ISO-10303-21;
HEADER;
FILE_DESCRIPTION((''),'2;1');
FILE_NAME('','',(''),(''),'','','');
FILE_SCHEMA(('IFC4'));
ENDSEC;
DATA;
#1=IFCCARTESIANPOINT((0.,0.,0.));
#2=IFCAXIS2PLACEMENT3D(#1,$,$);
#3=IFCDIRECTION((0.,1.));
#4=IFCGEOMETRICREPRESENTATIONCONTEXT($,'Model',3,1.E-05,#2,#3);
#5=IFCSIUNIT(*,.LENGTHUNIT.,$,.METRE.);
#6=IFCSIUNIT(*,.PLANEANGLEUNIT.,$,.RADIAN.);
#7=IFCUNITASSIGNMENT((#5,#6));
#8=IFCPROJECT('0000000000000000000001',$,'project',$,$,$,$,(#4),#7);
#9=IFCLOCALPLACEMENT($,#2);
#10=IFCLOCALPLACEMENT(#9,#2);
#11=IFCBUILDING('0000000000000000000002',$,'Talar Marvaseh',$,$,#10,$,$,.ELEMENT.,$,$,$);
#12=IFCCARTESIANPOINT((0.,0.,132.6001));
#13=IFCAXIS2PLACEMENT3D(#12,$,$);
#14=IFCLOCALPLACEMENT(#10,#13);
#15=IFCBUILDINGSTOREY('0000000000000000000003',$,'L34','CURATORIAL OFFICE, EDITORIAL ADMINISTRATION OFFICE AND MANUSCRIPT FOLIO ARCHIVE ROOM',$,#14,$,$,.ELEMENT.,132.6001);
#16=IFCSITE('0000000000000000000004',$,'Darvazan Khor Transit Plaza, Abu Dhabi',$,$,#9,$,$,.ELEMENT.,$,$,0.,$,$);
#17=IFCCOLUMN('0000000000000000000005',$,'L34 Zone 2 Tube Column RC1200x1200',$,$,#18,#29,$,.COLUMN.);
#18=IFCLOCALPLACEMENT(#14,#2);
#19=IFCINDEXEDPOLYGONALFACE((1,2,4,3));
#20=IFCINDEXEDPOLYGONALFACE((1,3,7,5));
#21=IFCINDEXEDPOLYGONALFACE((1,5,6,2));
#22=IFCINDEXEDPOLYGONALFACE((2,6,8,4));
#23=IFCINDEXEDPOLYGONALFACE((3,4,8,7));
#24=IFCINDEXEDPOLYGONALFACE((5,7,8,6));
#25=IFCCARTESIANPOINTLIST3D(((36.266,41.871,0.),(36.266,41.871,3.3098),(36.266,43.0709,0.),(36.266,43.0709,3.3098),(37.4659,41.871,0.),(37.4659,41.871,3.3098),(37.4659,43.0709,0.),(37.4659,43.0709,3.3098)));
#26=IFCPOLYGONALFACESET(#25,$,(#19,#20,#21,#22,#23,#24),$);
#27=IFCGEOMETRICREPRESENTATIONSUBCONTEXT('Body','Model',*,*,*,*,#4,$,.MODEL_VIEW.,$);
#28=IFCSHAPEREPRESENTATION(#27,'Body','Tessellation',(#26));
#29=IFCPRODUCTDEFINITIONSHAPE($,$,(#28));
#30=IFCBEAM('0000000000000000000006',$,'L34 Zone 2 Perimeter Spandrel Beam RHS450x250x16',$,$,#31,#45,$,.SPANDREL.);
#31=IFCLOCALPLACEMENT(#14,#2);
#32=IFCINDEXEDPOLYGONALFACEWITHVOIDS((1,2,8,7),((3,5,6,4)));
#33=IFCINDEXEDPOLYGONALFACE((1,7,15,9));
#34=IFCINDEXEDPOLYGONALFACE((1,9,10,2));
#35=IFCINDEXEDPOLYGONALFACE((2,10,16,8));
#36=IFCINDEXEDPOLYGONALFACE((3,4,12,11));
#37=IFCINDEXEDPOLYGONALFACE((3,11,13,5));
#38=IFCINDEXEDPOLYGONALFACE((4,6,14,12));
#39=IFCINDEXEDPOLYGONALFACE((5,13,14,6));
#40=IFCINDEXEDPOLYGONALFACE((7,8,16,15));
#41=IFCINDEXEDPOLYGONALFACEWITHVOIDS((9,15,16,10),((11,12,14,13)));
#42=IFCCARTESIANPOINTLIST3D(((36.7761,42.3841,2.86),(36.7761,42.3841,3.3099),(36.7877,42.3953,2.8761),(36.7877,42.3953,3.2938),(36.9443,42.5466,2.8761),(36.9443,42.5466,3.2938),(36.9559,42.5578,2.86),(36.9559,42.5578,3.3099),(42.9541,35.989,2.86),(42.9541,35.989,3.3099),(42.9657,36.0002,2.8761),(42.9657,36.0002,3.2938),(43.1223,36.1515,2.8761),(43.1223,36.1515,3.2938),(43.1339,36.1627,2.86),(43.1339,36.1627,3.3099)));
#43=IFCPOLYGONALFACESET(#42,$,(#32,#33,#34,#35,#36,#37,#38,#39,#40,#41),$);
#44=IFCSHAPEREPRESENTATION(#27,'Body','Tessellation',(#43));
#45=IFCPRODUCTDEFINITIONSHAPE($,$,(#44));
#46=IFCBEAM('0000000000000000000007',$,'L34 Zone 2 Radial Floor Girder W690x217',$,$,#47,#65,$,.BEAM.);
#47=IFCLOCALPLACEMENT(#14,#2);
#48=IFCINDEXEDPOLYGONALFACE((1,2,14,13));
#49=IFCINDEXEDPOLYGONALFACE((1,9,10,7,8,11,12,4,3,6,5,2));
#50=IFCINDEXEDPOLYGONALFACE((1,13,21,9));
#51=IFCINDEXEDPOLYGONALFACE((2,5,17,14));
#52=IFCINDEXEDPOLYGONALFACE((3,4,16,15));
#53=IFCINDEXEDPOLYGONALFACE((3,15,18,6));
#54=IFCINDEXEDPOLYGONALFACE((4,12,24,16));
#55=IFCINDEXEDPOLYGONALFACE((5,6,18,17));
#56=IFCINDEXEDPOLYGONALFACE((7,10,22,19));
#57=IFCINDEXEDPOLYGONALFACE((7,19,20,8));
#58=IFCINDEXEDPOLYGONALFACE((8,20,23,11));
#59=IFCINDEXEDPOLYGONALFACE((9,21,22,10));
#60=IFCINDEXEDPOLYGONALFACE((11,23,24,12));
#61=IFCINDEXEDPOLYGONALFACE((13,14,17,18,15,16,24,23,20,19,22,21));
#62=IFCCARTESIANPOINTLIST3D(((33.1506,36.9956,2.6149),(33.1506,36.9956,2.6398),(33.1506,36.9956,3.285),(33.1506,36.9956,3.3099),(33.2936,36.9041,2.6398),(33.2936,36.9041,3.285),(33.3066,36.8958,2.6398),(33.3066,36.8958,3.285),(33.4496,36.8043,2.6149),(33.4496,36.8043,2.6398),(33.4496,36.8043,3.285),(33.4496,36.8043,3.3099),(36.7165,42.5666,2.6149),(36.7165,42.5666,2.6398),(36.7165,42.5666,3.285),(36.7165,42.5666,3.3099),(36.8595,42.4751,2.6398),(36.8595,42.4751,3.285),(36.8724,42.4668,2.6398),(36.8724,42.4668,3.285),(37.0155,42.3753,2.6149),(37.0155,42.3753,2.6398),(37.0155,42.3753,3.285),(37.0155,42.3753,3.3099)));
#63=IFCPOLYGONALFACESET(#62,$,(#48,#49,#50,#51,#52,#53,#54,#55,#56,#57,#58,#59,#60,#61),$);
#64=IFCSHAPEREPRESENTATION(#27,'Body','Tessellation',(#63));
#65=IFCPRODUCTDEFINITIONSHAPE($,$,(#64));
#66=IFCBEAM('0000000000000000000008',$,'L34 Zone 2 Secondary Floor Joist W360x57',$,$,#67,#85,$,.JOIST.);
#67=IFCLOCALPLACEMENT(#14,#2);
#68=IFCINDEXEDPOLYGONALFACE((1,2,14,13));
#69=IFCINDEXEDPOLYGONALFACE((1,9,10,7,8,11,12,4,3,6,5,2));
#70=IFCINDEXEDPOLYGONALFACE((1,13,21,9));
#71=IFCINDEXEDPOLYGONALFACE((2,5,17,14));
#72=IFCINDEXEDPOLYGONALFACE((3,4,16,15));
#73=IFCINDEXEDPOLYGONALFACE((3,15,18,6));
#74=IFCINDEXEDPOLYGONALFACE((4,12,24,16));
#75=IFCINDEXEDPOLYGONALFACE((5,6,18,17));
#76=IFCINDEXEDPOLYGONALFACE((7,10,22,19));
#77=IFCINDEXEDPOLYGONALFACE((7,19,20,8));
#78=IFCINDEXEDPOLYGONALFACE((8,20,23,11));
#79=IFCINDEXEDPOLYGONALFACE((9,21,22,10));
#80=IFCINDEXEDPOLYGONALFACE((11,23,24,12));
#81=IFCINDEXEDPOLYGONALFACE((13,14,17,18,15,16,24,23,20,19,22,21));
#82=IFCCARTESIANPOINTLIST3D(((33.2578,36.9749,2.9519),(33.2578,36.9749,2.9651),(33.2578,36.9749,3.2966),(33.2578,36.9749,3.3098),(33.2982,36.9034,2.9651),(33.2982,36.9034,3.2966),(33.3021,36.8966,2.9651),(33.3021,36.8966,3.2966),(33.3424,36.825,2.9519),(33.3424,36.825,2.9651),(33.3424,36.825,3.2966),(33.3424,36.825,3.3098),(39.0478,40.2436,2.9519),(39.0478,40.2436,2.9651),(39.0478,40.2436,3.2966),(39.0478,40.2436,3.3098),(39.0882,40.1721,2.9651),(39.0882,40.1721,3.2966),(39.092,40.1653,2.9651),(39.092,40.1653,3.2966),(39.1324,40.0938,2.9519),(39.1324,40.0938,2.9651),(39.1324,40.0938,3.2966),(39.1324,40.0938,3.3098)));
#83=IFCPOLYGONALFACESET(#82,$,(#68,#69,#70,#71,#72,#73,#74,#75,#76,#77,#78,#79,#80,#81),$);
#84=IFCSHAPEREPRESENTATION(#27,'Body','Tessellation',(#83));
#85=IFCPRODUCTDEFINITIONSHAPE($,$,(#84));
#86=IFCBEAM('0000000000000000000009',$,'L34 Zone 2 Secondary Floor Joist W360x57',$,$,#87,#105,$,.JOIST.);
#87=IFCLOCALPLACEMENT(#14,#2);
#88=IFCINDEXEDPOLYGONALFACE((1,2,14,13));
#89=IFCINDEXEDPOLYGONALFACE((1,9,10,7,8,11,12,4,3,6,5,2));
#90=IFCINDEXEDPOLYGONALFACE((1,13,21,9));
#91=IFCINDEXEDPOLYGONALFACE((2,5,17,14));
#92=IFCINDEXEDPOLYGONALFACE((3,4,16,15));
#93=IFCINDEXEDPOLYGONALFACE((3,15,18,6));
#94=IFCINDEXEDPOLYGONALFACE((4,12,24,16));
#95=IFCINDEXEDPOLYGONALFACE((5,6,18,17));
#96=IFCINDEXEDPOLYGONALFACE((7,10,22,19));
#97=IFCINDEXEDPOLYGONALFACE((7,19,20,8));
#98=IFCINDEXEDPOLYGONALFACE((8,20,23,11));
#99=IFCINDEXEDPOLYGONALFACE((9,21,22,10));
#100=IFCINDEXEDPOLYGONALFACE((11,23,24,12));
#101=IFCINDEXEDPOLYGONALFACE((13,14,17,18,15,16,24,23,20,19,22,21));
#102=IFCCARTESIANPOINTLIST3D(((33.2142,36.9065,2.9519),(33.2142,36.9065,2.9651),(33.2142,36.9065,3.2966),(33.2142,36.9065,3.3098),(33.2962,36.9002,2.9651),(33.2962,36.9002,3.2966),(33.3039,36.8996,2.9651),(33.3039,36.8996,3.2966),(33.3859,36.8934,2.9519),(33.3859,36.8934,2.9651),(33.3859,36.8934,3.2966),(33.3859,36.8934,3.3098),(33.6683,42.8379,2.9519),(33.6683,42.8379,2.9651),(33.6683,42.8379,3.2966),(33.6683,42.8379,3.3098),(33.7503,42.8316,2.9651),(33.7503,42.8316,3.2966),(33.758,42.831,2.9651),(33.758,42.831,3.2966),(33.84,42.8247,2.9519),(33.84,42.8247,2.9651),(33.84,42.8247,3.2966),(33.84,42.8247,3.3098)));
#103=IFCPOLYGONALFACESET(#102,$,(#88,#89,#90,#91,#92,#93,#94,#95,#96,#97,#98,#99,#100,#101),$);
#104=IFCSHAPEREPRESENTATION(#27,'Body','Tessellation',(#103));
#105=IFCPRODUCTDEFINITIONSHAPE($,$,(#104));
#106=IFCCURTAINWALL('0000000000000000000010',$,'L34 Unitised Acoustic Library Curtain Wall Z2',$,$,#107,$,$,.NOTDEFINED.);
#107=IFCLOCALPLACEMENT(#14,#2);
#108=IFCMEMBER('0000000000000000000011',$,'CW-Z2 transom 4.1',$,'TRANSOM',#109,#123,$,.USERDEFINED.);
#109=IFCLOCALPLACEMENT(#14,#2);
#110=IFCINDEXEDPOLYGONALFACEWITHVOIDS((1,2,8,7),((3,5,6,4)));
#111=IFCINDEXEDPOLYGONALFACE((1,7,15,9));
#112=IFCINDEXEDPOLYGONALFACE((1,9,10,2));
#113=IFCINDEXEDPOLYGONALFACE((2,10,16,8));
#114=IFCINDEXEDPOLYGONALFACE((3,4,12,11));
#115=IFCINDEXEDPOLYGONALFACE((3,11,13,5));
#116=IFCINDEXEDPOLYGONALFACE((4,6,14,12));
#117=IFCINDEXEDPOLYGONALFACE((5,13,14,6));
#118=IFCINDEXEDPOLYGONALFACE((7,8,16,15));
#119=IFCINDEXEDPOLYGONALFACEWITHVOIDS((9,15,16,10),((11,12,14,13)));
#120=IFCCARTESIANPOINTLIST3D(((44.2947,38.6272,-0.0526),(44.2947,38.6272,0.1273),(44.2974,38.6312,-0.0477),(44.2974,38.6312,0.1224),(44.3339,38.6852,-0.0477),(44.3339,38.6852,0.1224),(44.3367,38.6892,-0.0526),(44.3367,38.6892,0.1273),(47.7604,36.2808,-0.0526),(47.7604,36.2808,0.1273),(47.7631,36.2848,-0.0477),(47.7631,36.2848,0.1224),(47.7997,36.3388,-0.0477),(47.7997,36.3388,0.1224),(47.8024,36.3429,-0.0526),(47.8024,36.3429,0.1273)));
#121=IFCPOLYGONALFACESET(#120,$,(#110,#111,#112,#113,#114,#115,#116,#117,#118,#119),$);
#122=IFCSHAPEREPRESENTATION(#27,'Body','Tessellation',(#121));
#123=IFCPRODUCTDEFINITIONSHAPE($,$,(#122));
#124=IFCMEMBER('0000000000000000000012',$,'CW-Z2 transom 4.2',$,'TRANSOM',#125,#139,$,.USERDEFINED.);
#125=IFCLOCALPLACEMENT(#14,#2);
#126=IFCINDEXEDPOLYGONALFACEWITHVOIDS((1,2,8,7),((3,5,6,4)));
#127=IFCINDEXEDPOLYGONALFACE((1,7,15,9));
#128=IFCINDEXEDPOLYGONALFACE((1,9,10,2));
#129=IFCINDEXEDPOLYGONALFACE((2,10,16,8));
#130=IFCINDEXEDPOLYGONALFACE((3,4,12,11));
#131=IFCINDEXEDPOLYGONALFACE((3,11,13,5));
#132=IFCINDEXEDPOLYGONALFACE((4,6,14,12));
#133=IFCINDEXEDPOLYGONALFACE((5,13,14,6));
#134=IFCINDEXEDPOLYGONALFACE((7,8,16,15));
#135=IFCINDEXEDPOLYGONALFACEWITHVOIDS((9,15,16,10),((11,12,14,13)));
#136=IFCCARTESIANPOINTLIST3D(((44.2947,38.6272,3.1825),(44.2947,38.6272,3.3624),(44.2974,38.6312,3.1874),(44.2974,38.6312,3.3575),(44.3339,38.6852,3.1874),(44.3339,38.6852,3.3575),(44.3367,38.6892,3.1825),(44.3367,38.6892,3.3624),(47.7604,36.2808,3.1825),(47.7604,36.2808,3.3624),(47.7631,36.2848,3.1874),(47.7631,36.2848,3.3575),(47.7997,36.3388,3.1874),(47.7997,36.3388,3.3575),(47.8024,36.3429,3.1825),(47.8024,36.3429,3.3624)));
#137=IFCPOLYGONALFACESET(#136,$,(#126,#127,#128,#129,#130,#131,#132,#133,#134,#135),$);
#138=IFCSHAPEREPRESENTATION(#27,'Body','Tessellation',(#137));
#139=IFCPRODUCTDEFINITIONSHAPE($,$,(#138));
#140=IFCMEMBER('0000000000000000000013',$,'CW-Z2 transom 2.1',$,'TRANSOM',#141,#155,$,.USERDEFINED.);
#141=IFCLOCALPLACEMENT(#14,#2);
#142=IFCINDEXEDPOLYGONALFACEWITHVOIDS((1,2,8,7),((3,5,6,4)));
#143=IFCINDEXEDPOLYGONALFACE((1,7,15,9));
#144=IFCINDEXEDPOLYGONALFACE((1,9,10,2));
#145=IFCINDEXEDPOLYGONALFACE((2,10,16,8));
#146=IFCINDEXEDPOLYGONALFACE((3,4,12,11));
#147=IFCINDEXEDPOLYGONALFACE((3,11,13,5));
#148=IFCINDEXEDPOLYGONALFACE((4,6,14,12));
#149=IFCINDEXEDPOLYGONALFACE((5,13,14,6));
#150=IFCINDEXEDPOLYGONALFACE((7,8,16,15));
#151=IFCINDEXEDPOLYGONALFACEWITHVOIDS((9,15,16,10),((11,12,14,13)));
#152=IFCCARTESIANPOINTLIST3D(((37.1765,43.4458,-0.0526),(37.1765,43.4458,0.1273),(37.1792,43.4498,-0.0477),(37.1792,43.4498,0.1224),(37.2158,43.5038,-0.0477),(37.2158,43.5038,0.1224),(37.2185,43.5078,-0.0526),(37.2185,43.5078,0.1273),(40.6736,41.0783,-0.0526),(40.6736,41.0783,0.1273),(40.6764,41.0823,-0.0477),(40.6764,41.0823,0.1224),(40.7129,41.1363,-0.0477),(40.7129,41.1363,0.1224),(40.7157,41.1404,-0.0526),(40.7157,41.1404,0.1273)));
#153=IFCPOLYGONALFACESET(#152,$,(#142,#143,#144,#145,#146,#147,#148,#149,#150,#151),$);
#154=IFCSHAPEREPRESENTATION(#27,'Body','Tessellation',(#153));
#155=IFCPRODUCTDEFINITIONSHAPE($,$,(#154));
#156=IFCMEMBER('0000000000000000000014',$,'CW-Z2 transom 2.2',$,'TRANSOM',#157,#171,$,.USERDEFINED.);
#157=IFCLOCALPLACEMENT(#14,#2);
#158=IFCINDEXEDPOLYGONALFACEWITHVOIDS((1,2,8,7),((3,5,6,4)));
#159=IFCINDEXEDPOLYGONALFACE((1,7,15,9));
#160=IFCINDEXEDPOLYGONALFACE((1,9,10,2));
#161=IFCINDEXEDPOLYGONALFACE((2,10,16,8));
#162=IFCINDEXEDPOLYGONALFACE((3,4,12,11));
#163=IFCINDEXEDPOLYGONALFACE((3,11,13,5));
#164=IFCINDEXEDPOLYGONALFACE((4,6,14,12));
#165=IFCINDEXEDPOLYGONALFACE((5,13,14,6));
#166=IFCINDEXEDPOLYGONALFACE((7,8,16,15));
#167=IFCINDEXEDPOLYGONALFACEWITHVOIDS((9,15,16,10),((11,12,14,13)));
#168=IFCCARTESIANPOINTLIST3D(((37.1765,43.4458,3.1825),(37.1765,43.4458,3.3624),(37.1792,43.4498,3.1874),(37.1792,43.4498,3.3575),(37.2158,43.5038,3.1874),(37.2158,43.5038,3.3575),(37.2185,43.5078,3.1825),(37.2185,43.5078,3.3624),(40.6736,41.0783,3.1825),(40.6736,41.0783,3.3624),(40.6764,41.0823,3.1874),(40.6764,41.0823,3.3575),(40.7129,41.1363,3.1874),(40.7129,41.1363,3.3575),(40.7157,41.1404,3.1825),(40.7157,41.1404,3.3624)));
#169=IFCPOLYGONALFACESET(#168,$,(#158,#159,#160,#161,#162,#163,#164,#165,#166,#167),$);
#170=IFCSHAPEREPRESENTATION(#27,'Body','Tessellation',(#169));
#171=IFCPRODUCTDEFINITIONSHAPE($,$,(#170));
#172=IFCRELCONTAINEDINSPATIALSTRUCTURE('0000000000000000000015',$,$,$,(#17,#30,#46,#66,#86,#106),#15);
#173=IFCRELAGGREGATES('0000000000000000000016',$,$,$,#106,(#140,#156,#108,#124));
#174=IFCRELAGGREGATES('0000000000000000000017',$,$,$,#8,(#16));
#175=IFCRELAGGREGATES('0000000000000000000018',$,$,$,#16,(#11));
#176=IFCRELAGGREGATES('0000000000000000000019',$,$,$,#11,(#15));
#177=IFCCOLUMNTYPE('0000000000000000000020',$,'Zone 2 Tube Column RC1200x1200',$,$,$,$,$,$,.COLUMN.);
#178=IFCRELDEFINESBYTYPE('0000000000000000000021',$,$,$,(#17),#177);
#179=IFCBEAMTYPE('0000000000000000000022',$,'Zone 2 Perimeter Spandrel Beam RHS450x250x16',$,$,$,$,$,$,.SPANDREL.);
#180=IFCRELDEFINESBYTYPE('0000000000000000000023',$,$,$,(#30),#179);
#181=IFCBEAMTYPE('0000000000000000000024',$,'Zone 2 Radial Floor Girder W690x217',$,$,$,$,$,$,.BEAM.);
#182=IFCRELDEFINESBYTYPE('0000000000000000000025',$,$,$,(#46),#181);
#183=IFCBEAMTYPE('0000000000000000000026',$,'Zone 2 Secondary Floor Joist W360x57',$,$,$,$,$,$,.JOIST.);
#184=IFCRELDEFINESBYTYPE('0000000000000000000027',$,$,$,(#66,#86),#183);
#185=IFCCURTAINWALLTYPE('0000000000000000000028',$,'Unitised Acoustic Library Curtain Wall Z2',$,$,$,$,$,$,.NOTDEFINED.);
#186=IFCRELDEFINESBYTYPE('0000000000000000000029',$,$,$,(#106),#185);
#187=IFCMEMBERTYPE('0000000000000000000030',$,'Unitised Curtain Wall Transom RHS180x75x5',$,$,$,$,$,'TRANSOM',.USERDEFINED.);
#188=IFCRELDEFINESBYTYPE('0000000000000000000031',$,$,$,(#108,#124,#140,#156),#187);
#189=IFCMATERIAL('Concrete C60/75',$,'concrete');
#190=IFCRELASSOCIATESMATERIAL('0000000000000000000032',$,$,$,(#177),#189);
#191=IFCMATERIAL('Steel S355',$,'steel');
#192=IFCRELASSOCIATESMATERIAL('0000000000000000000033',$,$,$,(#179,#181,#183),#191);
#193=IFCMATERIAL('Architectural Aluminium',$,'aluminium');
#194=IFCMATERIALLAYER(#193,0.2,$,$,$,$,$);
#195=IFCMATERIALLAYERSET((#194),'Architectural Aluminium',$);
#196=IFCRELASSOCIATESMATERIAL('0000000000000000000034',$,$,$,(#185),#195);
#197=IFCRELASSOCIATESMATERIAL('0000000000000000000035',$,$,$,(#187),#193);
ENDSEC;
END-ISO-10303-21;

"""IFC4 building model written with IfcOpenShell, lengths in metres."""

from ifc_helpers import new_model, si_unit, direction, frame, origin, origin_2d, place, context, subcontext, project, spatial, rectangle, hollow_rectangle, i_section, extrude, source, transform, mapped, material, layer, layer_set, material_profile, profile_set, type_object, element, aggregate, save


model = new_model("IFC4")

# Units and contexts
model_context = context("Model", 3, precision=1e-05, world=origin(), true_north=direction((0.0, 1.0)))
body_context = subcontext(model_context, "Body", "Model", "MODEL_VIEW")
ifc_project = project(units=[si_unit("LENGTHUNIT", "METRE"), si_unit("PLANEANGLEUNIT", "RADIAN")], contexts=[model_context])

# Site, building, storey
site_placement = place(None, origin())
site = spatial("IfcSite", under=ifc_project, at=site_placement, Name="Darvazan Khor Transit Plaza, Abu Dhabi", CompositionType="ELEMENT", RefElevation=0.0)
building_placement = place(site_placement, origin())
building = spatial("IfcBuilding", under=site, at=building_placement, Name="Talar Marvaseh", CompositionType="ELEMENT")
storey_placement = place(building_placement, frame((0.0, 0.0, 132.6001)))
storey = spatial("IfcBuildingStorey", under=building, at=storey_placement, Name="L34", Description="CURATORIAL OFFICE, EDITORIAL ADMINISTRATION OFFICE AND MANUSCRIPT FOLIO ARCHIVE ROOM", CompositionType="ELEMENT", Elevation=132.6001)

# Column
ifc_material_1 = material(Name="Concrete C60/75", Category="concrete")
ifc_material_profile_1 = material_profile(ifc_material_1, rectangle(XDim=1.2, YDim=1.2, at=origin_2d()), Name="RC1200x1200")
ifc_profile_set_1 = profile_set([ifc_material_profile_1], Name="Concrete C60/75")
column_type = type_object("IfcColumnType", Name="Zone 2 Tube Column RC1200x1200", PredefinedType="COLUMN", material=ifc_profile_set_1)
column_placement = place(storey_placement, frame((36.866, 42.4709, 0.0), z_axis=(0.0, 0.0, 1.0), x_axis=(1.0, 0.0, 0.0)))
element("IfcColumn", 1, at=column_placement, inside=storey, type_object=column_type, Name="L34 Zone 2 Tube Column RC1200x1200", PredefinedType="COLUMN", context=body_context, shape_type="SweptSolid", body=[
    extrude(rectangle(XDim=1.2, YDim=1.2, at=origin_2d()), origin(), (0.0, 0.0, 1.0), 3.3098),
])

# Beams
ifc_material_2 = material(Name="Steel S355", Category="steel")
ifc_material_profile_2 = material_profile(ifc_material_2, hollow_rectangle(XDim=0.25, YDim=0.45, WallThickness=0.0161, at=origin_2d()), Name="RHS450x250x16")
ifc_profile_set_2 = profile_set([ifc_material_profile_2], Name="Steel S355")
beam_type_1 = type_object("IfcBeamType", Name="Zone 2 Perimeter Spandrel Beam RHS450x250x16", PredefinedType="SPANDREL", material=ifc_profile_set_2)
beam_1_placement = place(storey_placement, frame((36.866, 42.4709, 3.085), z_axis=(0.694797, -0.719206, 0.0), x_axis=(0.719206, 0.694797, 0.0)))
element("IfcBeam", 2, at=beam_1_placement, inside=storey, type_object=beam_type_1, Name="L34 Zone 2 Perimeter Spandrel Beam RHS450x250x16", PredefinedType="SPANDREL", context=body_context, shape_type="SweptSolid", body=[
    extrude(hollow_rectangle(XDim=0.25, YDim=0.45, WallThickness=0.0161, at=origin_2d()), origin(), (0.0, 0.0, 1.0), 8.8918),
])
ifc_material_profile_3 = material_profile(ifc_material_2, i_section(OverallWidth=0.355, OverallDepth=0.6951, WebThickness=0.0154, FlangeThickness=0.0249, at=origin_2d()), Name="W690x217")
ifc_profile_set_3 = profile_set([ifc_material_profile_3], Name="Steel S355")
beam_type_2 = type_object("IfcBeamType", Name="Zone 2 Radial Floor Girder W690x217", PredefinedType="BEAM", material=ifc_profile_set_3)
beam_2_placement = place(storey_placement, frame((36.866, 42.4709, 2.9624), z_axis=(-0.539102, -0.842241, 0.0), x_axis=(0.842241, -0.539102, 0.0)))
element("IfcBeam", 3, at=beam_2_placement, inside=storey, type_object=beam_type_2, Name="L34 Zone 2 Radial Floor Girder W690x217", PredefinedType="BEAM", context=body_context, shape_type="SweptSolid", body=[
    extrude(i_section(OverallWidth=0.355, OverallDepth=0.6951, WebThickness=0.0154, FlangeThickness=0.0249, at=origin_2d()), origin(), (0.0, 0.0, 1.0), 6.6145),
])
ifc_material_profile_4 = material_profile(ifc_material_2, i_section(OverallWidth=0.1721, OverallDepth=0.3579, WebThickness=0.0078, FlangeThickness=0.0132, at=origin_2d()), Name="W360x57")
ifc_profile_set_4 = profile_set([ifc_material_profile_4], Name="Steel S355")
beam_type_3 = type_object("IfcBeamType", Name="Zone 2 Secondary Floor Joist W360x57", PredefinedType="JOIST", material=ifc_profile_set_4)
beam_3_placement = place(storey_placement, frame((39.0901, 40.1687, 3.1309), z_axis=(-0.87081, -0.49162, 0.0), x_axis=(0.49162, -0.87081, 0.0)))
element("IfcBeam", 4, at=beam_3_placement, inside=storey, type_object=beam_type_3, Name="L34 Zone 2 Secondary Floor Joist W360x57", PredefinedType="JOIST", context=body_context, shape_type="SweptSolid", body=[
    extrude(i_section(OverallWidth=0.1721, OverallDepth=0.3579, WebThickness=0.0078, FlangeThickness=0.0132, at=origin_2d()), origin(), (0.0, 0.0, 1.0), 6.6489),
])
beam_4_placement = place(storey_placement, frame((33.7542, 42.8313, 3.1309), z_axis=(-0.076336, -0.997082, 0.0), x_axis=(0.997082, -0.076336, 0.0)))
element("IfcBeam", 5, at=beam_4_placement, inside=storey, type_object=beam_type_3, Name="L34 Zone 2 Secondary Floor Joist W360x57", PredefinedType="JOIST", context=body_context, shape_type="SweptSolid", body=[
    extrude(i_section(OverallWidth=0.1721, OverallDepth=0.3579, WebThickness=0.0078, FlangeThickness=0.0132, at=origin_2d()), origin(), (0.0, 0.0, 1.0), 5.9487),
])

# Curtain wall, members
ifc_material_3 = material(Name="Architectural Aluminium", Category="aluminium")
ifc_layer_1 = layer(ifc_material_3, 0.2)
ifc_layer_set_1 = layer_set([ifc_layer_1], Name="Architectural Aluminium")
curtain_wall_type = type_object("IfcCurtainWallType", Name="Unitised Acoustic Library Curtain Wall Z2", PredefinedType="NOTDEFINED", material=ifc_layer_set_1)
curtain_wall_placement = place(storey_placement, origin())
curtain_wall = element("IfcCurtainWall", 6, at=curtain_wall_placement, inside=storey, type_object=curtain_wall_type, Name="L34 Unitised Acoustic Library Curtain Wall Z2", PredefinedType="NOTDEFINED")
ifc_material_profile_5 = material_profile(ifc_material_3, hollow_rectangle(XDim=0.075, YDim=0.1799, WallThickness=0.0049, at=origin_2d()), Name="RHS180x75x5")
ifc_profile_set_5 = profile_set([ifc_material_profile_5], Name="Architectural Aluminium")
member_type_1 = type_object("IfcMemberType", Name="Unitised Curtain Wall Transom RHS180x75x5", ElementType="TRANSOM", PredefinedType="USERDEFINED", material=ifc_profile_set_5)
shared_shape_1 = source(origin(), body_context, "Body", "SweptSolid", [
    extrude(hollow_rectangle(XDim=0.075, YDim=0.1799, WallThickness=0.0049, at=origin_2d()), origin(), (0.0, 0.0, 1.0), 4.1853),
])
member_1_placement = place(storey_placement, frame((44.3157, 38.6582, 0.0374), z_axis=(0.828072, -0.560622, 0.0), x_axis=(0.560622, 0.828072, 0.0)))
member_1 = element("IfcMember", 7, at=member_1_placement, type_object=member_type_1, Name="CW-Z2 transom 4.1", ObjectType="TRANSOM", PredefinedType="USERDEFINED", context=body_context, shape_type="MappedRepresentation", body=[
    mapped(shared_shape_1, transform((0.0, 0.0, 0.0), x_axis=(1.0, 0.0, 0.0), y_axis=(0.0, 1.0, 0.0), z_axis=(0.0, 0.0, 1.0), scale=1.0)),
])
member_2_placement = place(storey_placement, frame((44.3157, 38.6582, 3.2725), z_axis=(0.828072, -0.560622, 0.0), x_axis=(0.560622, 0.828072, 0.0)))
member_2 = element("IfcMember", 8, at=member_2_placement, type_object=member_type_1, Name="CW-Z2 transom 4.2", ObjectType="TRANSOM", PredefinedType="USERDEFINED", context=body_context, shape_type="MappedRepresentation", body=[
    mapped(shared_shape_1, transform((0.0, 0.0, 0.0), x_axis=(1.0, 0.0, 0.0), y_axis=(0.0, 1.0, 0.0), z_axis=(0.0, 0.0, 1.0), scale=1.0)),
])
shared_shape_2 = source(origin(), body_context, "Body", "SweptSolid", [
    extrude(hollow_rectangle(XDim=0.075, YDim=0.1799, WallThickness=0.0049, at=origin_2d()), origin(), (0.0, 0.0, 1.0), 4.2231),
])
member_3_placement = place(storey_placement, frame((37.1975, 43.4768, 0.0374), z_axis=(0.828089, -0.560596, 0.0), x_axis=(0.560596, 0.828089, 0.0)))
member_3 = element("IfcMember", 9, at=member_3_placement, type_object=member_type_1, Name="CW-Z2 transom 2.1", ObjectType="TRANSOM", PredefinedType="USERDEFINED", context=body_context, shape_type="MappedRepresentation", body=[
    mapped(shared_shape_2, transform((0.0, 0.0, 0.0), x_axis=(1.0, 0.0, 0.0), y_axis=(0.0, 1.0, 0.0), z_axis=(0.0, 0.0, 1.0), scale=1.0)),
])
member_4_placement = place(storey_placement, frame((37.1975, 43.4768, 3.2725), z_axis=(0.828089, -0.560596, 0.0), x_axis=(0.560596, 0.828089, 0.0)))
member_4 = element("IfcMember", 10, at=member_4_placement, type_object=member_type_1, Name="CW-Z2 transom 2.2", ObjectType="TRANSOM", PredefinedType="USERDEFINED", context=body_context, shape_type="MappedRepresentation", body=[
    mapped(shared_shape_2, transform((0.0, 0.0, 0.0), x_axis=(1.0, 0.0, 0.0), y_axis=(0.0, 1.0, 0.0), z_axis=(0.0, 0.0, 1.0), scale=1.0)),
])
aggregate(curtain_wall, [member_3, member_4, member_1, member_2])

save(model, "model.ifc")
